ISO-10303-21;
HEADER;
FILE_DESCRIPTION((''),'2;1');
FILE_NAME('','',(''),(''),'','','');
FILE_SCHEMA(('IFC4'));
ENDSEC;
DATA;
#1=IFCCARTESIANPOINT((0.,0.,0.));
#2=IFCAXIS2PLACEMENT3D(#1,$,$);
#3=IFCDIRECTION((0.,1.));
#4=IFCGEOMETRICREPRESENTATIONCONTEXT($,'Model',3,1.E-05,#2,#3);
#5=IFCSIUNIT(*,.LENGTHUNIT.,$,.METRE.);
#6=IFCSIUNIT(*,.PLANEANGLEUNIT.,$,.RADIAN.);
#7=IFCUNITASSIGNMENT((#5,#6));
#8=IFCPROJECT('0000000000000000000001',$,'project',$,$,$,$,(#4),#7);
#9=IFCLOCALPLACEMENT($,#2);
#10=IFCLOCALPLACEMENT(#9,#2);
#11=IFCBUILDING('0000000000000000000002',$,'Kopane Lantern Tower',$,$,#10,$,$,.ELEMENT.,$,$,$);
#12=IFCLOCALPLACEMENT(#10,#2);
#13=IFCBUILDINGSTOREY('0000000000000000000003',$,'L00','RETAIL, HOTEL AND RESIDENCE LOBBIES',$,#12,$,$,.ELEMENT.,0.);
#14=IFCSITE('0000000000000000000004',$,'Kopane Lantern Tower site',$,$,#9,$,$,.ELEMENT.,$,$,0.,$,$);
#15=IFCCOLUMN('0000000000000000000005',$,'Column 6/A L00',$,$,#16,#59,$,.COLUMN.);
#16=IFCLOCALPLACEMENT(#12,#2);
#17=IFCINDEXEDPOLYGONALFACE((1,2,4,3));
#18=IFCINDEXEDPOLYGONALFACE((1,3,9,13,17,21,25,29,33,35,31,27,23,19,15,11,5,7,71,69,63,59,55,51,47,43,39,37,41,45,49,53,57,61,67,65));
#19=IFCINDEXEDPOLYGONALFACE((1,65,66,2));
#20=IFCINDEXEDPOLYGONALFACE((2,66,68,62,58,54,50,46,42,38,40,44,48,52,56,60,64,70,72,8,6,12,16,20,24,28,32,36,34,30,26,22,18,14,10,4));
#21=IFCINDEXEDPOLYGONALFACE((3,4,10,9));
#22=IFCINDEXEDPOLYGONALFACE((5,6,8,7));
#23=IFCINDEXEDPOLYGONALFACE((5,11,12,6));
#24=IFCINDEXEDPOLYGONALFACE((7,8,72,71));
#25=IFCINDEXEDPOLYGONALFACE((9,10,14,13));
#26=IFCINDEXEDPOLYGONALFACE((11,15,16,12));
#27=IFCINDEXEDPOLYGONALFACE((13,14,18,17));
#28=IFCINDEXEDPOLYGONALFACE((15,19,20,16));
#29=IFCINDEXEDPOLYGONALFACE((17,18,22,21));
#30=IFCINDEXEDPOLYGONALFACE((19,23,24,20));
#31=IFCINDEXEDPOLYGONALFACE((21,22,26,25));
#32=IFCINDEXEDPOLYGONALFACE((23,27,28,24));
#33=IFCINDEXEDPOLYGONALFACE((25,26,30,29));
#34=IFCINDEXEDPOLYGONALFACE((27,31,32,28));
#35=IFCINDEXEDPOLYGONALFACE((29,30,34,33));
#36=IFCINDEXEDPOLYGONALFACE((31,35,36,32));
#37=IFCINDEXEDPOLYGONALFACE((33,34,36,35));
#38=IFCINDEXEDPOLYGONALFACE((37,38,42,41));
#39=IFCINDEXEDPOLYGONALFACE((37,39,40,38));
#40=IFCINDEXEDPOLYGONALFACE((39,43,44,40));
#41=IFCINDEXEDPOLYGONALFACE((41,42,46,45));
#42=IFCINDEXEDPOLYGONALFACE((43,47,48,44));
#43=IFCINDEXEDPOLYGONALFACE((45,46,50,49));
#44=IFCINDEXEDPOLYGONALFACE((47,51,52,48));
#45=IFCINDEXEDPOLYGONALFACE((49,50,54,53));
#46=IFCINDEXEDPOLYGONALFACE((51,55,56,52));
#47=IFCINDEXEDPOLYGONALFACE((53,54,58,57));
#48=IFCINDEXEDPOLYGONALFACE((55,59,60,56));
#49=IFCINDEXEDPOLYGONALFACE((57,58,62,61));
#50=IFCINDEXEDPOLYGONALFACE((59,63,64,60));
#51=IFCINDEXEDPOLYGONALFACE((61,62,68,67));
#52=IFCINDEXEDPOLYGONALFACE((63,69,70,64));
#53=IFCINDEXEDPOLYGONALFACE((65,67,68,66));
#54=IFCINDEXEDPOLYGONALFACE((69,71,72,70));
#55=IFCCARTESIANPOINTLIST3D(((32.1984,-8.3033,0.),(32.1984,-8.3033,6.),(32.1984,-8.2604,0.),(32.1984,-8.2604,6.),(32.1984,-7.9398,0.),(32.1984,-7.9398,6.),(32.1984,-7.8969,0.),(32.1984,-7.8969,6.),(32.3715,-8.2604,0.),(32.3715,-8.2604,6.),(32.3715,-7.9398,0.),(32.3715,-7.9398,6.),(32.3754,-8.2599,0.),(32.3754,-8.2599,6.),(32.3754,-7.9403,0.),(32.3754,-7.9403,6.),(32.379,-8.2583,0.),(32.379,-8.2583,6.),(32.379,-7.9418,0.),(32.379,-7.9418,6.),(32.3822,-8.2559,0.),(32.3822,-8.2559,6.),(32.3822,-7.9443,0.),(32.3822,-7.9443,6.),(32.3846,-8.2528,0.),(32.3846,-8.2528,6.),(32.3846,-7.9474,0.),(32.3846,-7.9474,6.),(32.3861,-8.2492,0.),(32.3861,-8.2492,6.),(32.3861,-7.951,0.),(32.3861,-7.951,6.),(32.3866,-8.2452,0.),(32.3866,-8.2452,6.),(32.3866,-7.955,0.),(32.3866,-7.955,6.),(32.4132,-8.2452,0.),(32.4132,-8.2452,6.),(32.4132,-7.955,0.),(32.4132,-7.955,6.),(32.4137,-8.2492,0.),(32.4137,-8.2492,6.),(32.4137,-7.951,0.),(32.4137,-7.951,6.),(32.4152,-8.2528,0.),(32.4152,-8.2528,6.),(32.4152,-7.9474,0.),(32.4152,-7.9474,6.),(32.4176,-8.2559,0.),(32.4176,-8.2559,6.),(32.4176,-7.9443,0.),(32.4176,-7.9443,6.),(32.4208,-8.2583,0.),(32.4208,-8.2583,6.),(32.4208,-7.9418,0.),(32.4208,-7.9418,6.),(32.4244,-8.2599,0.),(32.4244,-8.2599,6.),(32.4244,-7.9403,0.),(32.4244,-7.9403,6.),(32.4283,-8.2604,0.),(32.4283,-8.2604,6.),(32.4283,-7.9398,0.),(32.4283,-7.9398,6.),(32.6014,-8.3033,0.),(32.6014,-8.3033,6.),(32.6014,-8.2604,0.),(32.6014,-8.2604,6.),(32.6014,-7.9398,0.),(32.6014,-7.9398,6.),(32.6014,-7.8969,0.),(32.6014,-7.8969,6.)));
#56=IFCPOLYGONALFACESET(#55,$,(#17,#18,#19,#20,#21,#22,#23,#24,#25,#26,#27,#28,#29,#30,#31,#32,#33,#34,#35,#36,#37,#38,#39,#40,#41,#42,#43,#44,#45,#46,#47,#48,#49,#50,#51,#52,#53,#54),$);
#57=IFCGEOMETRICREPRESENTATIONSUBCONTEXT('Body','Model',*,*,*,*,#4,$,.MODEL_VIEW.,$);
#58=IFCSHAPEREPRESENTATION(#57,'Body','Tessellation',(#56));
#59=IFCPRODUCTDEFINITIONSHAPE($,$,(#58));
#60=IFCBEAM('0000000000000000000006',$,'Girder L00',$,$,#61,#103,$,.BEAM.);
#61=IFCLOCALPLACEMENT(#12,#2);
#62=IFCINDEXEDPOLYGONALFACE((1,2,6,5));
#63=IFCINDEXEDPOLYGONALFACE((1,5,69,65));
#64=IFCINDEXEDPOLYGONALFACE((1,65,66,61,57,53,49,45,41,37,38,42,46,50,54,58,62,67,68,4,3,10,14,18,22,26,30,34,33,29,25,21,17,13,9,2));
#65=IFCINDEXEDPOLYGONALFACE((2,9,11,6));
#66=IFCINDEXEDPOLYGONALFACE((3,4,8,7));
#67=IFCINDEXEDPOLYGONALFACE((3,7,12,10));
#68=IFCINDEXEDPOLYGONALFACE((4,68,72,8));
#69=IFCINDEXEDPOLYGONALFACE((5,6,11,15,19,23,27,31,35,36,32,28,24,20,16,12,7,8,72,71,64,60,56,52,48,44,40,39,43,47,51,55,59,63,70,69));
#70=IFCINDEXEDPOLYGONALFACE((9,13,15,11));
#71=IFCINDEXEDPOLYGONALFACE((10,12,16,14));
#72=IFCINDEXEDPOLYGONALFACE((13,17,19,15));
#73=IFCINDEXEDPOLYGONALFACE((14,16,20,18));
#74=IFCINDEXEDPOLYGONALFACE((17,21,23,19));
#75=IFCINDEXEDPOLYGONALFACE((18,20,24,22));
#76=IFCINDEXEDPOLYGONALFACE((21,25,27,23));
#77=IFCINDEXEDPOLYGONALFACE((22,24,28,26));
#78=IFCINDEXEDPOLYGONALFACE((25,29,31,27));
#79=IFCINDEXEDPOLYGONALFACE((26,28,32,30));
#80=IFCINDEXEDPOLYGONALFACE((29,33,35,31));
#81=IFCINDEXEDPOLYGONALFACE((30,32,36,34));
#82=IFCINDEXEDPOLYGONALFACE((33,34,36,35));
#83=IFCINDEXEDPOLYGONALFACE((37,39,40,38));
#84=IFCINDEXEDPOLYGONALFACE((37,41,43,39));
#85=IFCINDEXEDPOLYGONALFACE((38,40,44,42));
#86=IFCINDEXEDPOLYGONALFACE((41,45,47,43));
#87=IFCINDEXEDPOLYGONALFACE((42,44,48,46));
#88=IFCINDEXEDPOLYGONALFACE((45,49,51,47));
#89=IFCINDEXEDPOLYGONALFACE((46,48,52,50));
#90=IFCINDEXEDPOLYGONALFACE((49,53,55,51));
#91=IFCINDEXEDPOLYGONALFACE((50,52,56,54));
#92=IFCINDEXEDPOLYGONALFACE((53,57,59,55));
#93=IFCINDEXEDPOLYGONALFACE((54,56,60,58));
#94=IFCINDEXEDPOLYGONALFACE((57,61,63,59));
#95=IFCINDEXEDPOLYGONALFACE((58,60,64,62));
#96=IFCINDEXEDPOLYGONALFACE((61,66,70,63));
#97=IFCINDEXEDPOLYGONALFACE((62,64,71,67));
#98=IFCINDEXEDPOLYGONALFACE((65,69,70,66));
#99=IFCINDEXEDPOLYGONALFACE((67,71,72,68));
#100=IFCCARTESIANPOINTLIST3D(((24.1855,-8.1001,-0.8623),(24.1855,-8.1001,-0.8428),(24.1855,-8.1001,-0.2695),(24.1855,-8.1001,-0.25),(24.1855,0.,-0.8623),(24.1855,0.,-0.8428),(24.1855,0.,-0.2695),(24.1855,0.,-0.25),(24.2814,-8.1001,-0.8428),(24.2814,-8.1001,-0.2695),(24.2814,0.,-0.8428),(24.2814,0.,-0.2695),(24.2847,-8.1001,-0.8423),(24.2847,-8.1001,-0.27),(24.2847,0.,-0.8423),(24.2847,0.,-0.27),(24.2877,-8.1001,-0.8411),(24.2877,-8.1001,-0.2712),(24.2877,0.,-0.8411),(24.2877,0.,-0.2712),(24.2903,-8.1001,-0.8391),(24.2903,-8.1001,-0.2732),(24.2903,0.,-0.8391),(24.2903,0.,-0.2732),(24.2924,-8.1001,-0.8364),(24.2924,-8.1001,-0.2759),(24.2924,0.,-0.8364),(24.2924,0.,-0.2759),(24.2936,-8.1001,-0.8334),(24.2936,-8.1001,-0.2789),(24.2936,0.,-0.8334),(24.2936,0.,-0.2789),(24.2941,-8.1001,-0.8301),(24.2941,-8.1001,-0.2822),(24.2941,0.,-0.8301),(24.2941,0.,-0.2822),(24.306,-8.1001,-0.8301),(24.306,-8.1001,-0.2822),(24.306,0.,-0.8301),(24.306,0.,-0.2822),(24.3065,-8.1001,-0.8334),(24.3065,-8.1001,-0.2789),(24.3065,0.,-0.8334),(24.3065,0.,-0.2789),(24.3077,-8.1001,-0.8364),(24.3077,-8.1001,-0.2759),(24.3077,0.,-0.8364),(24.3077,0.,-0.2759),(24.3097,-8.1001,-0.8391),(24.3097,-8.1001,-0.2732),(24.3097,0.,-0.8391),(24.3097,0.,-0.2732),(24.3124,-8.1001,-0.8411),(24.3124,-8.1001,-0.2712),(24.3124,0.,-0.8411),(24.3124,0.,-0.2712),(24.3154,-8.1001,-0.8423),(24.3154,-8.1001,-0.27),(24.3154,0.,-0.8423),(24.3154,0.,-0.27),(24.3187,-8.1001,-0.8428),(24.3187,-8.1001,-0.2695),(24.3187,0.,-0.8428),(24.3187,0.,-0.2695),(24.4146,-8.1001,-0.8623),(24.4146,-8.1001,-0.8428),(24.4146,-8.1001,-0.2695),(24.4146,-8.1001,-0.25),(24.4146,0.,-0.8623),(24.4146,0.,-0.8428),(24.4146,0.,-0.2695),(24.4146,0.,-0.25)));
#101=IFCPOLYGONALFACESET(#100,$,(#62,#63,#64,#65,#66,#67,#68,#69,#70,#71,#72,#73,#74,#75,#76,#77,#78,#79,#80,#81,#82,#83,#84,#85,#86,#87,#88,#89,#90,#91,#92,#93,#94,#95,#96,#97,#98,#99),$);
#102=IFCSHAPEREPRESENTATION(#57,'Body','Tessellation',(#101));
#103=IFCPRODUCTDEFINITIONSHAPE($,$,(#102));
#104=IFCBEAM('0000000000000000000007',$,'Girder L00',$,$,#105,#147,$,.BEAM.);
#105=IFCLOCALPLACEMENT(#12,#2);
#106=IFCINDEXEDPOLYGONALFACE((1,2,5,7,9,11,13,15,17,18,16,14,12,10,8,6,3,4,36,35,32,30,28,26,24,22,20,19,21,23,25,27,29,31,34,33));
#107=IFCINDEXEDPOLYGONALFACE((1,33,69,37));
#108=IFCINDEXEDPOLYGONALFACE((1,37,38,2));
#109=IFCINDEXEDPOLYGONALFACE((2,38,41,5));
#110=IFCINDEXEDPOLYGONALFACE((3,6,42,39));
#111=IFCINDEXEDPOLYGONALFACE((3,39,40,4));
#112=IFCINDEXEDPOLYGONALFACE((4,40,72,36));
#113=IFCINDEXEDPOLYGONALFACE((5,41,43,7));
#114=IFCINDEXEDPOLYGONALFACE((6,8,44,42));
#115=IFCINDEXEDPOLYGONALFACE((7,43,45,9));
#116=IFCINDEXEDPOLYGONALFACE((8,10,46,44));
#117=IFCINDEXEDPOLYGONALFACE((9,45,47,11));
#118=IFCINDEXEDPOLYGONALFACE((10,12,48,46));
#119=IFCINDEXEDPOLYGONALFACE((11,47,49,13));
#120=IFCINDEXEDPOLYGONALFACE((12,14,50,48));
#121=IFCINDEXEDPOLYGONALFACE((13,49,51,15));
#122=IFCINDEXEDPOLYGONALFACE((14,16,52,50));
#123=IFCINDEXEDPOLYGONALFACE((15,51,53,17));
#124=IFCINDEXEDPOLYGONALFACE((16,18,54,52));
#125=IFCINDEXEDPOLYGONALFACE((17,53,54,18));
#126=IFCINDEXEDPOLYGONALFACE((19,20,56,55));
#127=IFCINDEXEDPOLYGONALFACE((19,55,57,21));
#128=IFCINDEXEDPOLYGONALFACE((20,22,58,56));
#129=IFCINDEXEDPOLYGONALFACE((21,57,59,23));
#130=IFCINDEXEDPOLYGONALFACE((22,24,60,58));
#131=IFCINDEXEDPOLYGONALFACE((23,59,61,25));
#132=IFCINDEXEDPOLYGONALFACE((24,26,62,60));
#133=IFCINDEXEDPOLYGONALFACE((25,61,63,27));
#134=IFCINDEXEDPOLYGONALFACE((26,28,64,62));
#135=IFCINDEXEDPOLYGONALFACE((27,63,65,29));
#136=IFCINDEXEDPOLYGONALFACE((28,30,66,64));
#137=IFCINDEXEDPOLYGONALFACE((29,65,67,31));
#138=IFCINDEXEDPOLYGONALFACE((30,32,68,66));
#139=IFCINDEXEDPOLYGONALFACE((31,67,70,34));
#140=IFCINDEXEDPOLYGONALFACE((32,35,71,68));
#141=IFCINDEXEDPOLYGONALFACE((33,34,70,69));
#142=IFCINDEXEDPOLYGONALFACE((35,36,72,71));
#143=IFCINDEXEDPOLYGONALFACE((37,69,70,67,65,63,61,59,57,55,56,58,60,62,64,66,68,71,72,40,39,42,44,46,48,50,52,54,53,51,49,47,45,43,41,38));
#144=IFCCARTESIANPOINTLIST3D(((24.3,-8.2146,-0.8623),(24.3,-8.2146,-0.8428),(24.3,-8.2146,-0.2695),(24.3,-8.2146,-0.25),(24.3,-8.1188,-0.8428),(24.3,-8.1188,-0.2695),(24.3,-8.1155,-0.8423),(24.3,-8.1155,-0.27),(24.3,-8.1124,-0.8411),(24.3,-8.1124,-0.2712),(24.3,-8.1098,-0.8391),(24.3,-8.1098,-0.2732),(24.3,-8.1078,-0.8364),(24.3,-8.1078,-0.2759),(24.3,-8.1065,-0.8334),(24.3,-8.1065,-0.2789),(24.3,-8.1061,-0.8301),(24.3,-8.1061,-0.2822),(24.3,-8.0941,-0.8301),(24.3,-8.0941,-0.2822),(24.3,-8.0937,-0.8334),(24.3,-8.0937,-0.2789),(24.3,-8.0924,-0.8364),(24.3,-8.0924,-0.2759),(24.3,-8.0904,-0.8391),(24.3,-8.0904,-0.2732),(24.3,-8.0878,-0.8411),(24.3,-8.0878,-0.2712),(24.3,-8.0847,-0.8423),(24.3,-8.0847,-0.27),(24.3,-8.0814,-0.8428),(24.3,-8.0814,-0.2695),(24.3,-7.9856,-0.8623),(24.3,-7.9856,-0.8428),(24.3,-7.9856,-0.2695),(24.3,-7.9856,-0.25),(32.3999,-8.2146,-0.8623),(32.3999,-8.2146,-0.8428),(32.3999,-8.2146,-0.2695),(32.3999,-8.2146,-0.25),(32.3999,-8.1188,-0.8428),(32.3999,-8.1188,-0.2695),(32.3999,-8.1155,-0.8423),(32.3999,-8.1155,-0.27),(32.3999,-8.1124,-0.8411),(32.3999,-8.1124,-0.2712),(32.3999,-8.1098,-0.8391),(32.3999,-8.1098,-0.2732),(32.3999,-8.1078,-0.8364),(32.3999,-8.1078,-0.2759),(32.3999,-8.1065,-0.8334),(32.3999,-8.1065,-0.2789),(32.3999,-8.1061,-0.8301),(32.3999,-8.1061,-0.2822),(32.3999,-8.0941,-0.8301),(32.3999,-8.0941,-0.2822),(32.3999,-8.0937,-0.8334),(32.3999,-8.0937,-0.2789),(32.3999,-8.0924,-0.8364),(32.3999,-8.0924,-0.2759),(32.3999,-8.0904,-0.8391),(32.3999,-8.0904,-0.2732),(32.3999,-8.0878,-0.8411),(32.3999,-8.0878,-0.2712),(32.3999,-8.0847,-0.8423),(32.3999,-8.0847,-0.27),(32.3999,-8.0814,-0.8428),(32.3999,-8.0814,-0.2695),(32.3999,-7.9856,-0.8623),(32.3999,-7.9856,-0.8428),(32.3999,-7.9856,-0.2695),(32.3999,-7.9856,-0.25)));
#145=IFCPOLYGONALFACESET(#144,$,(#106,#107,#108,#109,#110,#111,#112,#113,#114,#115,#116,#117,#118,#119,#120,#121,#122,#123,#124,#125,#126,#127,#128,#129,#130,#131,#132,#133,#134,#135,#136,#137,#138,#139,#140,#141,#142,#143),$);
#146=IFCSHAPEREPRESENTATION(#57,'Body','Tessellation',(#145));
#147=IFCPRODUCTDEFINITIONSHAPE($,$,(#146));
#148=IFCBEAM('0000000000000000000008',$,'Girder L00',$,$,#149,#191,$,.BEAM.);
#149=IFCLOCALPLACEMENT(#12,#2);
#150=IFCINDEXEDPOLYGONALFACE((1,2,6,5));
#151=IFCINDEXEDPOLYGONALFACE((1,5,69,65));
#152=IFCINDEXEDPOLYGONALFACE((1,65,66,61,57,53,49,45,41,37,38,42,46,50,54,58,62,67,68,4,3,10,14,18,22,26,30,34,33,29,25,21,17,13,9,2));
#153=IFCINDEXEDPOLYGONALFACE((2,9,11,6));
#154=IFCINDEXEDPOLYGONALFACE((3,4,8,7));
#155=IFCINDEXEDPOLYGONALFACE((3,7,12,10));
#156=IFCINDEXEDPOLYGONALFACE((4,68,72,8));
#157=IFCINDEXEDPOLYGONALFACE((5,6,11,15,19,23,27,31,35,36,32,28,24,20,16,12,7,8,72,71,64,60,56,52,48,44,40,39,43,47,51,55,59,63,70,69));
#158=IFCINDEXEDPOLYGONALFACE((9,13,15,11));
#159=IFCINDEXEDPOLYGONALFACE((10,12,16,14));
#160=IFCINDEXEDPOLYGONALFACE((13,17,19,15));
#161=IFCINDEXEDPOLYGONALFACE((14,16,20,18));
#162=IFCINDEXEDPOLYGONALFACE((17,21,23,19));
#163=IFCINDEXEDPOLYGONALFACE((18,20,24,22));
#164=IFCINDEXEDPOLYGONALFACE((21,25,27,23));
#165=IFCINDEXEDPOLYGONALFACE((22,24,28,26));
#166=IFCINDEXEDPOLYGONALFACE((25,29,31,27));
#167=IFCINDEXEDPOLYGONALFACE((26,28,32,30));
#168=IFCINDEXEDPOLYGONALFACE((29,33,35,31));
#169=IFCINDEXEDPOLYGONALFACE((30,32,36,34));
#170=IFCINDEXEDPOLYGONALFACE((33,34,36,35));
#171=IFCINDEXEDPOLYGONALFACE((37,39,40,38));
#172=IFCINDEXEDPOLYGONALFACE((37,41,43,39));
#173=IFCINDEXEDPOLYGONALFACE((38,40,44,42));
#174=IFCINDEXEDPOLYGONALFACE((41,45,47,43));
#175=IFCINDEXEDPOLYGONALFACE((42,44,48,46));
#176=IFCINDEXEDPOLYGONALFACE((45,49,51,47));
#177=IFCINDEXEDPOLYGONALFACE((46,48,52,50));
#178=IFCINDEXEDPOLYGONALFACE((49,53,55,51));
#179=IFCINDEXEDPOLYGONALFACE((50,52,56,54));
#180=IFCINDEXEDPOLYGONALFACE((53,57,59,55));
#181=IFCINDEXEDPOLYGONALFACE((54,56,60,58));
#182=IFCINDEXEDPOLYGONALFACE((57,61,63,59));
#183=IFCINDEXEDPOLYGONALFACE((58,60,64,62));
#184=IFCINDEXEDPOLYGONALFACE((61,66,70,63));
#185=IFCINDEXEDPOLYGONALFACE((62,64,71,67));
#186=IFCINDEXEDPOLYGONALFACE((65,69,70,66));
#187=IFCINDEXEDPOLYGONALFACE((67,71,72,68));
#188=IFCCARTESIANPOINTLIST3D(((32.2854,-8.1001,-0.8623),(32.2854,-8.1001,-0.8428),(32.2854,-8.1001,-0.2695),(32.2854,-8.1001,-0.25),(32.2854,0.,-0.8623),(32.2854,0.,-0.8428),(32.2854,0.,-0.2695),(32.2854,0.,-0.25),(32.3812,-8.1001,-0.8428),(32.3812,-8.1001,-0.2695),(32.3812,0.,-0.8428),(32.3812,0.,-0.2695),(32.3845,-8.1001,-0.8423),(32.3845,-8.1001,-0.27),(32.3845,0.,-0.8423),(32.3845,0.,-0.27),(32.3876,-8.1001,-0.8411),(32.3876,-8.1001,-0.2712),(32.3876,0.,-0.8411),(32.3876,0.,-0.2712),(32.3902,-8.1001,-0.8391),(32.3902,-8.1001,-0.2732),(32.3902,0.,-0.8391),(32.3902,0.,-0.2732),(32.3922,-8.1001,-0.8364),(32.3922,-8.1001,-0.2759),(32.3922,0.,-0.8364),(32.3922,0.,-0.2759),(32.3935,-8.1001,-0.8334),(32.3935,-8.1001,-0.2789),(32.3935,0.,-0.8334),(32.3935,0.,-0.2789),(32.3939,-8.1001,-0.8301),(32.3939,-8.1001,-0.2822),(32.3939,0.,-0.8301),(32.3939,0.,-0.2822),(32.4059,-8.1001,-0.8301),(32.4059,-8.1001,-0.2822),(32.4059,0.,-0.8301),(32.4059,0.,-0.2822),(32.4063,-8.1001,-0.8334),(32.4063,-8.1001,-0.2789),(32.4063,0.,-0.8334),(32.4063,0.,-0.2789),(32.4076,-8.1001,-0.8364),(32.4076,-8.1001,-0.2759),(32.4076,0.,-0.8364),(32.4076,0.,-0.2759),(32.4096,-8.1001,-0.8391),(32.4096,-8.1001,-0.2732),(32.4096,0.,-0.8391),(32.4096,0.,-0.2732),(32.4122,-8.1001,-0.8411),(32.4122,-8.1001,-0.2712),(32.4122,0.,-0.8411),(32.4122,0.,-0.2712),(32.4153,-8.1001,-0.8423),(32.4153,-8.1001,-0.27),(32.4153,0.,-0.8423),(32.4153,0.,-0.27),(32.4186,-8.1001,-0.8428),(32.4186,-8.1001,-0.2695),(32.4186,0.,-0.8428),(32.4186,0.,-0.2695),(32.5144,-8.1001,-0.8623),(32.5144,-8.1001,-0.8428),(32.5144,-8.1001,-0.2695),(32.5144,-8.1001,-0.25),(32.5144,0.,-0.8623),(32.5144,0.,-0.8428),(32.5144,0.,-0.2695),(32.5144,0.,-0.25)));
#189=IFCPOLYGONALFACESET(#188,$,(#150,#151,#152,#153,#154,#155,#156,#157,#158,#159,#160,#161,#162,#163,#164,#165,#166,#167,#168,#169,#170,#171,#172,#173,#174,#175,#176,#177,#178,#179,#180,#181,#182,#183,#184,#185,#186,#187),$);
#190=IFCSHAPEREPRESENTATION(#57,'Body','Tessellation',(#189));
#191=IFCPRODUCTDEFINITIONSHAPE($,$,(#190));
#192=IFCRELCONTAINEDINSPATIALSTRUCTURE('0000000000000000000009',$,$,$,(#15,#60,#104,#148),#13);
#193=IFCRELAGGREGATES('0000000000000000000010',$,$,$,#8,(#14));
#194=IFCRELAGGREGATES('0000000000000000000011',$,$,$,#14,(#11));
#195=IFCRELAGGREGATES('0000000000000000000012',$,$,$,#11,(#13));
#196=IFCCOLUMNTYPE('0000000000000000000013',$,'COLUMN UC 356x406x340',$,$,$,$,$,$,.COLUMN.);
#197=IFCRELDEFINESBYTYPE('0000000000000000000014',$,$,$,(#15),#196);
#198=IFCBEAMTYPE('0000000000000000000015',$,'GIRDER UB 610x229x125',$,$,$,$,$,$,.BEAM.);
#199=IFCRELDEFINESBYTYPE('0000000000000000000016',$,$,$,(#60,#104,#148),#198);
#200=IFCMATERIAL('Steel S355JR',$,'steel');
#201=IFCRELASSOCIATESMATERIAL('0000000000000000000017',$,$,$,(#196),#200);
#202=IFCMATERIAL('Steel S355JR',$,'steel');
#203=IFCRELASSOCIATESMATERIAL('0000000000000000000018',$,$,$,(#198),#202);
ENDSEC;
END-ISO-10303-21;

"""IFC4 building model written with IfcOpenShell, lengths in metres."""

from ifc_helpers import new_model, si_unit, direction, frame, origin, origin_2d, place, context, subcontext, project, spatial, i_section, extrude, material, material_profile, profile_set, type_object, element, save


model = new_model("IFC4")

# Units and contexts
model_context = context("Model", 3, precision=1e-05, world=origin(), true_north=direction((0.0, 1.0)))
body_context = subcontext(model_context, "Body", "Model", "MODEL_VIEW")
ifc_project = project(units=[si_unit("LENGTHUNIT", "METRE"), si_unit("PLANEANGLEUNIT", "RADIAN")], contexts=[model_context])

# Site, building, storey
site_placement = place(None, origin())
site = spatial("IfcSite", under=ifc_project, at=site_placement, Name="Kopane Lantern Tower site", CompositionType="ELEMENT", RefElevation=0.0)
building_placement = place(site_placement, origin())
building = spatial("IfcBuilding", under=site, at=building_placement, Name="Kopane Lantern Tower", CompositionType="ELEMENT")
storey_placement = place(building_placement, origin())
storey = spatial("IfcBuildingStorey", under=building, at=storey_placement, Name="L00", Description="RETAIL, HOTEL AND RESIDENCE LOBBIES", CompositionType="ELEMENT", Elevation=0.0)

# Column
ifc_material_1 = material(Name="Steel S355JR", Category="steel")
ifc_material_profile_1 = material_profile(ifc_material_1, i_section(OverallWidth=0.4031, OverallDepth=0.4065, WebThickness=0.0266, FlangeThickness=0.043, FilletRadius=0.0151, at=origin_2d()), Name="UC 356x406x340")
ifc_profile_set_1 = profile_set([ifc_material_profile_1], Name="Steel S355JR")
column_type = type_object("IfcColumnType", Name="COLUMN UC 356x406x340", PredefinedType="COLUMN", material=ifc_profile_set_1)
column_placement = place(storey_placement, frame((32.3999, -8.1001, 0.0), z_axis=(0.0, 0.0, 1.0), x_axis=(1.0, 0.0, 0.0)))
element("IfcColumn", 1, at=column_placement, inside=storey, type_object=column_type, Name="Column 6/A L00", PredefinedType="COLUMN", context=body_context, shape_type="SweptSolid", body=[
    extrude(i_section(OverallWidth=0.4031, OverallDepth=0.4065, WebThickness=0.0266, FlangeThickness=0.043, FilletRadius=0.0151, at=origin_2d()), origin(), (0.0, 0.0, 1.0), 6.0),
])

# Beams
ifc_material_2 = material(Name="Steel S355JR", Category="steel")
ifc_material_profile_2 = material_profile(ifc_material_2, i_section(OverallWidth=0.229, OverallDepth=0.6123, WebThickness=0.012, FlangeThickness=0.0195, FilletRadius=0.0127, at=origin_2d()), Name="UB 610x229x125")
ifc_profile_set_2 = profile_set([ifc_material_profile_2], Name="Steel S355JR")
beam_type = type_object("IfcBeamType", Name="GIRDER UB 610x229x125", PredefinedType="BEAM", material=ifc_profile_set_2)
beam_1_placement = place(storey_placement, frame((24.3, -8.1001, -0.5562), z_axis=(0.0, 1.0, 0.0), x_axis=(-1.0, 0.0, 0.0)))
element("IfcBeam", 2, at=beam_1_placement, inside=storey, type_object=beam_type, Name="Girder L00", PredefinedType="BEAM", context=body_context, shape_type="SweptSolid", body=[
    extrude(i_section(OverallWidth=0.229, OverallDepth=0.6123, WebThickness=0.012, FlangeThickness=0.0195, FilletRadius=0.0127, at=origin_2d()), origin(), (0.0, 0.0, 1.0), 8.1001),
])
beam_2_placement = place(storey_placement, frame((24.3, -8.1001, -0.5562), z_axis=(1.0, 0.0, 0.0), x_axis=(0.0, 1.0, 0.0)))
element("IfcBeam", 3, at=beam_2_placement, inside=storey, type_object=beam_type, Name="Girder L00", PredefinedType="BEAM", context=body_context, shape_type="SweptSolid", body=[
    extrude(i_section(OverallWidth=0.229, OverallDepth=0.6123, WebThickness=0.012, FlangeThickness=0.0195, FilletRadius=0.0127, at=origin_2d()), origin(), (0.0, 0.0, 1.0), 8.0999),
])
for number, where, z_axis, x_axis, name in (
    (4, (32.3999, -8.1001, -0.5562), (0.0, 1.0, 0.0), (-1.0, 0.0, 0.0), "Girder L00"),
):
    element("IfcBeam", number, at=place(storey_placement, frame(where, z_axis=z_axis, x_axis=x_axis)), inside=storey, type_object=beam_type, Name=name, PredefinedType="BEAM", context=body_context, shape_type="SweptSolid", body=[
        extrude(i_section(OverallWidth=0.229, OverallDepth=0.6123, WebThickness=0.012, FlangeThickness=0.0195, FilletRadius=0.0127, at=origin_2d()), origin(), (0.0, 0.0, 1.0), 8.1001),
    ])

save(model, "model.ifc")
